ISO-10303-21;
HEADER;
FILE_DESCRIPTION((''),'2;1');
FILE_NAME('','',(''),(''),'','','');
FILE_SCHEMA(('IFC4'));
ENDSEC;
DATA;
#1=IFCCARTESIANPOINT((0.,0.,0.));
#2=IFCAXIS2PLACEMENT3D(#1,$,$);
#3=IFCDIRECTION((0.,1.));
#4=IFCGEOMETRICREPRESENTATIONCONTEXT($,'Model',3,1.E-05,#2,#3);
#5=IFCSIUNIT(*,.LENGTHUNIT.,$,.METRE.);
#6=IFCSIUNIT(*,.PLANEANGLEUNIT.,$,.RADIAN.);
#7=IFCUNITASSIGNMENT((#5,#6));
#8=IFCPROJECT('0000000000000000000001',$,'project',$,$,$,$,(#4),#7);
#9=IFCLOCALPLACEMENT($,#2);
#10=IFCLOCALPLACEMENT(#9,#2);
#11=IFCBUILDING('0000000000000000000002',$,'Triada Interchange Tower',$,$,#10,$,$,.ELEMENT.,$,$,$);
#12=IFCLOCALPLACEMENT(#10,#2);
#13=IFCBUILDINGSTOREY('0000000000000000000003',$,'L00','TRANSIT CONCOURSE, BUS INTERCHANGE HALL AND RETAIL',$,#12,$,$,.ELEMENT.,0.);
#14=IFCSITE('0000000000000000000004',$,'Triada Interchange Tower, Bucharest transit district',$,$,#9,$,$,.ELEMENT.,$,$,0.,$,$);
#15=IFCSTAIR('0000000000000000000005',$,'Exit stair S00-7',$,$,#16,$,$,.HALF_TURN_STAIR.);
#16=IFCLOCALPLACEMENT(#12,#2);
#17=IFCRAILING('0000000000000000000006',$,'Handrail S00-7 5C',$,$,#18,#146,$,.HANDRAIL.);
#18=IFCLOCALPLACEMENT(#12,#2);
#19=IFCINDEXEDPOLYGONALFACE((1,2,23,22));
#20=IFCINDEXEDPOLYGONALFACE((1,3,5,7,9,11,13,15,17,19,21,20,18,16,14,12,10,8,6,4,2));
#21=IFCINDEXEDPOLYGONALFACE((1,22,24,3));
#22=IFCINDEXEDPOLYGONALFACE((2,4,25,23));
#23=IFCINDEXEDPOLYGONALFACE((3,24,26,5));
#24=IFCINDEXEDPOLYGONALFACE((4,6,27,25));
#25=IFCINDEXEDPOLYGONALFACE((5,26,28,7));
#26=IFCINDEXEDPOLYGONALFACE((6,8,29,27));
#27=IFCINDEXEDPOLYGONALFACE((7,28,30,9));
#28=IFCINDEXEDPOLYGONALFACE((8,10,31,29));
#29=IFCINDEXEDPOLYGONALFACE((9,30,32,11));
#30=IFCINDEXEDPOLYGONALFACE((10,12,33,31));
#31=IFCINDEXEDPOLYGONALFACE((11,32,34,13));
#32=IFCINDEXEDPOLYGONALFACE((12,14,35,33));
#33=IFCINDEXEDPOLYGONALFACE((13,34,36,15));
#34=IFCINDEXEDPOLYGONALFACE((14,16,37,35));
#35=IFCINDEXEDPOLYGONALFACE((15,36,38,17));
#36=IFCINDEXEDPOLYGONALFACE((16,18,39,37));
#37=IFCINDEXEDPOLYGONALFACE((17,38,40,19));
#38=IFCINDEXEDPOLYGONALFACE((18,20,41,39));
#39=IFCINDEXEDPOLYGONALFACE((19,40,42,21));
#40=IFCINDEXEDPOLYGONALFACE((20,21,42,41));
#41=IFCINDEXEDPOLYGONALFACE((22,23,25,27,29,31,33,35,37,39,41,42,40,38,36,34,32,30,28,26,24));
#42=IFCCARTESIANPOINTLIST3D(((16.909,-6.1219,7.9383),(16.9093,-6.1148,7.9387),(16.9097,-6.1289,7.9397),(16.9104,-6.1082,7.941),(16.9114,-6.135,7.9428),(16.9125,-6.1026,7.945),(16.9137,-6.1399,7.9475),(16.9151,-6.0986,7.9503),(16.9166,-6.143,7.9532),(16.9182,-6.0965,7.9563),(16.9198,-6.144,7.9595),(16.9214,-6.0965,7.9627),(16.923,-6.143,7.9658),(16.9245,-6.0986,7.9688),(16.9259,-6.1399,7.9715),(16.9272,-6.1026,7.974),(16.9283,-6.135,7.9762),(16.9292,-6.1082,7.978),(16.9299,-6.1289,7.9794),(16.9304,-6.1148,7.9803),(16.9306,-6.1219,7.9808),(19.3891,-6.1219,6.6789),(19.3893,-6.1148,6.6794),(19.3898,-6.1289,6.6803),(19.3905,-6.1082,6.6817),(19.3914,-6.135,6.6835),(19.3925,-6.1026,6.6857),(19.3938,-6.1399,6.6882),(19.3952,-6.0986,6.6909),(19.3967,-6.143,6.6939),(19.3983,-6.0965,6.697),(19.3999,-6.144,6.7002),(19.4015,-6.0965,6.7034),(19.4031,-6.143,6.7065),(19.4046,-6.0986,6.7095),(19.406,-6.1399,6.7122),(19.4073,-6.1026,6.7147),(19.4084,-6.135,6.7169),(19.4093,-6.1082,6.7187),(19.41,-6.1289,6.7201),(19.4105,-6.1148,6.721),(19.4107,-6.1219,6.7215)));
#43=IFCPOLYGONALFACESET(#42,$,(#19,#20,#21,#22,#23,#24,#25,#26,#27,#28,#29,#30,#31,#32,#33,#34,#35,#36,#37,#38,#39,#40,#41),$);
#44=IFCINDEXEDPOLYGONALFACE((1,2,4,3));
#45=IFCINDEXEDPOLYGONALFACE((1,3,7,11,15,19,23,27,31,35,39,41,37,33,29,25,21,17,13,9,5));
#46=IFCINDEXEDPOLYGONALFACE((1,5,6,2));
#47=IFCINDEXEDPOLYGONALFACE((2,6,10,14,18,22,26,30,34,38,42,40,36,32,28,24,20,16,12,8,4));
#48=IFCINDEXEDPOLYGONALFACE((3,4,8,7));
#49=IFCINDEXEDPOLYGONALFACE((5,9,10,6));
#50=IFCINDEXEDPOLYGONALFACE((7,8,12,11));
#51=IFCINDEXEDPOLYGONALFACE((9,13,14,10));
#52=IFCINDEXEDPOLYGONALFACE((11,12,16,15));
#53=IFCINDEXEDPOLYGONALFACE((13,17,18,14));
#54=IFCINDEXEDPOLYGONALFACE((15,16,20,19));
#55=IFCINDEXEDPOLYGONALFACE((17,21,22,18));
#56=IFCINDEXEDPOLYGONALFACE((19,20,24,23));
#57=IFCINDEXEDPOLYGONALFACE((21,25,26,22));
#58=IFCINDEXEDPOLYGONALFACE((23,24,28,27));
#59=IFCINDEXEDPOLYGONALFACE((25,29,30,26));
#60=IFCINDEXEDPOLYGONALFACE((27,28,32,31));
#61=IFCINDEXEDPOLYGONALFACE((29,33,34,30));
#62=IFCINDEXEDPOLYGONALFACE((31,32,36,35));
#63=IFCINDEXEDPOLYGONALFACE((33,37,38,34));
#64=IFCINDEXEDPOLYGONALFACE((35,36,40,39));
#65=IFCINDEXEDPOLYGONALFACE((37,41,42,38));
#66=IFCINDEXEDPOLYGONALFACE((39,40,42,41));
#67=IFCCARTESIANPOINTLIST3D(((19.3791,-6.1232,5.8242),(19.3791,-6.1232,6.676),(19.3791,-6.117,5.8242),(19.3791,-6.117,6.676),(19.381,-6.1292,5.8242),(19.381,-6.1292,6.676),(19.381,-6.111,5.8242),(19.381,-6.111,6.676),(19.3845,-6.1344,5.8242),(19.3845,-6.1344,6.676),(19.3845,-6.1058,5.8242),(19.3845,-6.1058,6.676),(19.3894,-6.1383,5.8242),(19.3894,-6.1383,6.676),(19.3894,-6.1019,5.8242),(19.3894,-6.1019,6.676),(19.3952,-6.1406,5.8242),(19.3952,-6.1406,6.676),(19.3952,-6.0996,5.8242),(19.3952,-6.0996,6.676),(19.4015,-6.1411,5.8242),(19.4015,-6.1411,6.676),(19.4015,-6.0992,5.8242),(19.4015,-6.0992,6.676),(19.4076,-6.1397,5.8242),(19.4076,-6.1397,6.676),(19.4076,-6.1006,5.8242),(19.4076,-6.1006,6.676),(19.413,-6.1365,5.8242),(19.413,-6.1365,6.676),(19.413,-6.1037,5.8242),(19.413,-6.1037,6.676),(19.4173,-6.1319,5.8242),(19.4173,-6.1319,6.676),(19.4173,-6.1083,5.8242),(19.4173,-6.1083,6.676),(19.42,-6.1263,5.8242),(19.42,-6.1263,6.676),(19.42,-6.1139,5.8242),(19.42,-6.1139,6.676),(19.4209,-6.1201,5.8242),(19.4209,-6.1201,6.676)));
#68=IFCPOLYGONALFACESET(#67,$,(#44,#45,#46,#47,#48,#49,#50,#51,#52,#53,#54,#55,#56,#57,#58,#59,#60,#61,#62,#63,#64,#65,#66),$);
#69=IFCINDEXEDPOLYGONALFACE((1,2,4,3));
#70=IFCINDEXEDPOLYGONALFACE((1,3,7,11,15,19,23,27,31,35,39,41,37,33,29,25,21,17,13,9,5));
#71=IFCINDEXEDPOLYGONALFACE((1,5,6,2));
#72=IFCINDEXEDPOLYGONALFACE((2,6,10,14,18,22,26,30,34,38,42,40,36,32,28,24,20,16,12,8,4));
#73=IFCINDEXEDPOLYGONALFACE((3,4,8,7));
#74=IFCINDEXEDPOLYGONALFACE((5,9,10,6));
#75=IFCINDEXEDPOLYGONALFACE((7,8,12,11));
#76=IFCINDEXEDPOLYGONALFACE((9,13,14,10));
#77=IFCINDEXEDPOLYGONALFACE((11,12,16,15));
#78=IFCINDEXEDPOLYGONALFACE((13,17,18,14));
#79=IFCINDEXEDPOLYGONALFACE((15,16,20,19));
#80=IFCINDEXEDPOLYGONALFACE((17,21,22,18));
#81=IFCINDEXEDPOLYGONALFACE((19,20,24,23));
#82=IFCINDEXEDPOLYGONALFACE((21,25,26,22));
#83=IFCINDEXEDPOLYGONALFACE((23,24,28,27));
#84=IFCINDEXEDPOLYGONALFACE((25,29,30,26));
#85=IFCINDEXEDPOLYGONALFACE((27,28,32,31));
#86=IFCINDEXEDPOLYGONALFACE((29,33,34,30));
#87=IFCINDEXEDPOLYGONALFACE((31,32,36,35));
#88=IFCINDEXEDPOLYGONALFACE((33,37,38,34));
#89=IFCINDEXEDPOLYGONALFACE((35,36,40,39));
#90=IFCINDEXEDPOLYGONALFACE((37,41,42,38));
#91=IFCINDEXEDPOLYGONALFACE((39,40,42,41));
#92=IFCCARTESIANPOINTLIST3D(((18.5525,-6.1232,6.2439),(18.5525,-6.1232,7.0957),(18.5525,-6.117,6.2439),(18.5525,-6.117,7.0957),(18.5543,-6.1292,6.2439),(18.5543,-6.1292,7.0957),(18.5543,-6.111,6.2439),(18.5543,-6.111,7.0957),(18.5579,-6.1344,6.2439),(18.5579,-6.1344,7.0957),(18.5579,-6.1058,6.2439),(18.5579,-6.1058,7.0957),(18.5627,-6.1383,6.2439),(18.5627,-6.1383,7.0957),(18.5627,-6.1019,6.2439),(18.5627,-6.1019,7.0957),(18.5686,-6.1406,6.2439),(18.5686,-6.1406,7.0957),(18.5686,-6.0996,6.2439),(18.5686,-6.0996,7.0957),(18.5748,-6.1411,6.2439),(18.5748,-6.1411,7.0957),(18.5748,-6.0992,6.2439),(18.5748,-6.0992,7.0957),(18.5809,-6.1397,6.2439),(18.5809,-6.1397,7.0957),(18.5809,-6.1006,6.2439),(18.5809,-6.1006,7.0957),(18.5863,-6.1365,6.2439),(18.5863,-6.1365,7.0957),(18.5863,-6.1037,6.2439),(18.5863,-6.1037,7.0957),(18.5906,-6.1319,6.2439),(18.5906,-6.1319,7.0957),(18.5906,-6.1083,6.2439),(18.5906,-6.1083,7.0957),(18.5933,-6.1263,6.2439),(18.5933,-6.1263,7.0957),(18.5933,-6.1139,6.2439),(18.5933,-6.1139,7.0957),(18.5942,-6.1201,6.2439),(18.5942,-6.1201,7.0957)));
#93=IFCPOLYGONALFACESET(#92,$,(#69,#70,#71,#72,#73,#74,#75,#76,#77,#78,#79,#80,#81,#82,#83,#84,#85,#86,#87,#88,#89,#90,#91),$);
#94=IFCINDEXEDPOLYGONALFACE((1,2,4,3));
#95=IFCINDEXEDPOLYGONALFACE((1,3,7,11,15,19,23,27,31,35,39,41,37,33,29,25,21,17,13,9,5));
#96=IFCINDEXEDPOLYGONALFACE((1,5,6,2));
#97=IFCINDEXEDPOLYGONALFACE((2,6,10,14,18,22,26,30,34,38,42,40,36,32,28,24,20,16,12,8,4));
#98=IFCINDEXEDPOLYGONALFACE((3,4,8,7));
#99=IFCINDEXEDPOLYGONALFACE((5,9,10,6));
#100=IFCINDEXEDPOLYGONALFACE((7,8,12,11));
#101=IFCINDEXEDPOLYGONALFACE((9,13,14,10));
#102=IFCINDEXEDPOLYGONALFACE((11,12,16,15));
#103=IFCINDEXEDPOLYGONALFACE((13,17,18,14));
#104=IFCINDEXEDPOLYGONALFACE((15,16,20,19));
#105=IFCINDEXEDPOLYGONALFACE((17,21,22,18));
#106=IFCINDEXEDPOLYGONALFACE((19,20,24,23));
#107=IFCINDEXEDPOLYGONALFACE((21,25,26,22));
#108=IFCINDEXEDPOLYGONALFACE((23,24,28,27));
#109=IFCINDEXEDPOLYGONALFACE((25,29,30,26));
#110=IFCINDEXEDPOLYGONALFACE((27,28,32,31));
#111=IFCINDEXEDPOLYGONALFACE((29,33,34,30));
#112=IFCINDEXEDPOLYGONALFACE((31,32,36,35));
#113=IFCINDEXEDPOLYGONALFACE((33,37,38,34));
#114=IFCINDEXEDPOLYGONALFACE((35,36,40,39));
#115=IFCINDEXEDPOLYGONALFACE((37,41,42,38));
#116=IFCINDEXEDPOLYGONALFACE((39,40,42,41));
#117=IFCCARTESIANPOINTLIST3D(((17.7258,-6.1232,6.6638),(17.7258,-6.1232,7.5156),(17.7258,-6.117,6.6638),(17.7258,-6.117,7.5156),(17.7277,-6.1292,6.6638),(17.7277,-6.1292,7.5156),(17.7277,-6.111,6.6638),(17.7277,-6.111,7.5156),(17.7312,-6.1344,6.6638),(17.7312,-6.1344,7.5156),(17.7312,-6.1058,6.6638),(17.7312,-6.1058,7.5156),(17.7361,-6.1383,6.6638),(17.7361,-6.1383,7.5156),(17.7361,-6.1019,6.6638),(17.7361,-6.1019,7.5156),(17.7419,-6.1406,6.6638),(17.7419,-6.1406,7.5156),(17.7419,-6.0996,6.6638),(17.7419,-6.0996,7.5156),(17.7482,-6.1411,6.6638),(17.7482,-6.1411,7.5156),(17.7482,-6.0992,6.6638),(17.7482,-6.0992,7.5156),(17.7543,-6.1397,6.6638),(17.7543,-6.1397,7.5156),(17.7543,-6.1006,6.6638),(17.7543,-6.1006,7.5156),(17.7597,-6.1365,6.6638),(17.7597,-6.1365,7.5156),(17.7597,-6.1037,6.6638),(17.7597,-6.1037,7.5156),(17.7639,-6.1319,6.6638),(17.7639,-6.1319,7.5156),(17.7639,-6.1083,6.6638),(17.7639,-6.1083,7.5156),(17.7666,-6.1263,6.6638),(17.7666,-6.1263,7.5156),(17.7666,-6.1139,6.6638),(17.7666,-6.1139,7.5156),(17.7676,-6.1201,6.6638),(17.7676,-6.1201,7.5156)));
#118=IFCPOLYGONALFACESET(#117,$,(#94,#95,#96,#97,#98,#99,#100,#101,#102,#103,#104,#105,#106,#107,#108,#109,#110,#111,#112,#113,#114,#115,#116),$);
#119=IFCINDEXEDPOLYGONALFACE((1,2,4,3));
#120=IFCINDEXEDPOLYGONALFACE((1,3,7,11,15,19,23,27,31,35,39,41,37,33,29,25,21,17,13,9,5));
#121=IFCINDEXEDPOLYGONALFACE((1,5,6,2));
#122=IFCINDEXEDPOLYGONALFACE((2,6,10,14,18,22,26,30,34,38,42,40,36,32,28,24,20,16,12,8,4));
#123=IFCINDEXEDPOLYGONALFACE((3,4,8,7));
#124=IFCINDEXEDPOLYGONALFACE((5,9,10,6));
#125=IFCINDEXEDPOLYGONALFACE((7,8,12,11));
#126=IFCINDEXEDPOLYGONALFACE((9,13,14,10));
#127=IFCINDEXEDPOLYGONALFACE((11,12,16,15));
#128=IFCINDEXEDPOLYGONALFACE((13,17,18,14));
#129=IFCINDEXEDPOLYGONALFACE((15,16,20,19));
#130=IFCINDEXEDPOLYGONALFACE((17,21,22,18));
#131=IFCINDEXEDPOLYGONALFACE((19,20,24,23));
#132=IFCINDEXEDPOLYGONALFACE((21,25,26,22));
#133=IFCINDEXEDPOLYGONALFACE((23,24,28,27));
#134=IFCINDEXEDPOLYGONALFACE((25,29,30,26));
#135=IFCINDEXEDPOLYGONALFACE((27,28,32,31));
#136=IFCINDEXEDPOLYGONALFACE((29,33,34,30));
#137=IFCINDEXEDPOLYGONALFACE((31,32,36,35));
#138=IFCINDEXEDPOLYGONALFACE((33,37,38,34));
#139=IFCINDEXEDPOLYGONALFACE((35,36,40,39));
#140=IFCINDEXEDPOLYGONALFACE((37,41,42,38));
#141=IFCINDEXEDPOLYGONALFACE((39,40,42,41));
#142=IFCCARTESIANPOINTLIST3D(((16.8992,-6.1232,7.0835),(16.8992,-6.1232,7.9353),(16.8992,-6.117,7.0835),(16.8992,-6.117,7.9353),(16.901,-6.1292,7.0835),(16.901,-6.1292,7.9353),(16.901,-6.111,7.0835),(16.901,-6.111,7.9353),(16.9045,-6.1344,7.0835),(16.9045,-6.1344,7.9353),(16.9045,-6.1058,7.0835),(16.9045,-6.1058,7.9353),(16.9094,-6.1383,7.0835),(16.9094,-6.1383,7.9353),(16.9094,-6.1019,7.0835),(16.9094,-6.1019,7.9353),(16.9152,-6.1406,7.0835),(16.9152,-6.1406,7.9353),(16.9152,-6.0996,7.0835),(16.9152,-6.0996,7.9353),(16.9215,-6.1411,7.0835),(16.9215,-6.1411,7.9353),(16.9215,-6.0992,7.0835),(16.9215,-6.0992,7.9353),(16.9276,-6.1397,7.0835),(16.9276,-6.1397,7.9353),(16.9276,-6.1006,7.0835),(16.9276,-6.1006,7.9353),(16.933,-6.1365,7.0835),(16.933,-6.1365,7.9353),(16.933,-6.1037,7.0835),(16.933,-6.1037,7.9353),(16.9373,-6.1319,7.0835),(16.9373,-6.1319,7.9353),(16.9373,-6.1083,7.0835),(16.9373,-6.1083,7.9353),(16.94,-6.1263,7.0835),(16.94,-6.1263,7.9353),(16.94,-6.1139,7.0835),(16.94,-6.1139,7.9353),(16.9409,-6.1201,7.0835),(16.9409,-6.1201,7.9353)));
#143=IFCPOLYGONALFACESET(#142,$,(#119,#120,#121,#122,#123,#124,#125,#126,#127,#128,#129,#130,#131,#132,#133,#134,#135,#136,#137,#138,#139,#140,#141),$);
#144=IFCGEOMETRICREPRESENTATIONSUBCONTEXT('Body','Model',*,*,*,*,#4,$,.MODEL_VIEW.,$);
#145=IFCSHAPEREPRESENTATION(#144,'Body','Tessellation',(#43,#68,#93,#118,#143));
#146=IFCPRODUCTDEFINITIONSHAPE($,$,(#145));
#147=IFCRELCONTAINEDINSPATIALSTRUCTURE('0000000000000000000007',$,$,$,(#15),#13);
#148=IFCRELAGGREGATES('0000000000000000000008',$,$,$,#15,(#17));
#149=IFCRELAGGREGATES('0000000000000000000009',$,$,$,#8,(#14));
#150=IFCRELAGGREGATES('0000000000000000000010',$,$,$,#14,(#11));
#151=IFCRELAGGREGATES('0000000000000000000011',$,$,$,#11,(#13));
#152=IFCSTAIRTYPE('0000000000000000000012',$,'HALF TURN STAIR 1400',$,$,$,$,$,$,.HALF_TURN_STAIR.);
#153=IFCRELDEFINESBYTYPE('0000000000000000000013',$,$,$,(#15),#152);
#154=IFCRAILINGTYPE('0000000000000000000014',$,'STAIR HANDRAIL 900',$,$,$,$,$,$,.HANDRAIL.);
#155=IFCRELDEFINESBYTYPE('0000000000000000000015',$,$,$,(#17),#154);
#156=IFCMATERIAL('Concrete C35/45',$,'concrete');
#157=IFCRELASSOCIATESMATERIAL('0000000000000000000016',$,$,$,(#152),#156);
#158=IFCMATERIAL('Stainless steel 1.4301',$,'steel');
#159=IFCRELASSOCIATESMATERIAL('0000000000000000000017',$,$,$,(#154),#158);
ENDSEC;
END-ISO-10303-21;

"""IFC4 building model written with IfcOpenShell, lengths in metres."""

from ifc_helpers import new_model, si_unit, direction, frame, origin, origin_2d, place, context, subcontext, project, spatial, circle, extrude, material, type_object, element, aggregate, save


model = new_model("IFC4")

# Units and contexts
model_context = context("Model", 3, precision=1e-05, world=origin(), true_north=direction((0.0, 1.0)))
body_context = subcontext(model_context, "Body", "Model", "MODEL_VIEW")
ifc_project = project(units=[si_unit("LENGTHUNIT", "METRE"), si_unit("PLANEANGLEUNIT", "RADIAN")], contexts=[model_context])

# Site, building, storey
site_placement = place(None, origin())
site = spatial("IfcSite", under=ifc_project, at=site_placement, Name="Triada Interchange Tower, Bucharest transit district", CompositionType="ELEMENT", RefElevation=0.0)
building_placement = place(site_placement, origin())
building = spatial("IfcBuilding", under=site, at=building_placement, Name="Triada Interchange Tower", CompositionType="ELEMENT")
storey_placement = place(building_placement, origin())
storey = spatial("IfcBuildingStorey", under=building, at=storey_placement, Name="L00", Description="TRANSIT CONCOURSE, BUS INTERCHANGE HALL AND RETAIL", CompositionType="ELEMENT", Elevation=0.0)

# Shared definitions
ifc_material_1 = material(Name="Concrete C35/45", Category="concrete")

# Stair, railing
stair_type = type_object("IfcStairType", Name="HALF TURN STAIR 1400", PredefinedType="HALF_TURN_STAIR", material=ifc_material_1)
stair_placement = place(storey_placement, origin())
stair = element("IfcStair", 1, at=stair_placement, inside=storey, type_object=stair_type, Name="Exit stair S00-7", PredefinedType="HALF_TURN_STAIR")
ifc_material_2 = material(Name="Stainless steel 1.4301", Category="steel")
railing_type_1 = type_object("IfcRailingType", Name="STAIR HANDRAIL 900", PredefinedType="HANDRAIL", material=ifc_material_2)
railing_1_placement = place(storey_placement, frame((19.3999, -6.1201, 5.8242)))
railing_1 = element("IfcRailing", 2, at=railing_1_placement, type_object=railing_type_1, Name="Handrail S00-7 5C", PredefinedType="HANDRAIL", context=body_context, shape_type="SweptSolid", body=[
    extrude(circle(Radius=0.0239, at=origin_2d()), frame((0.0, 0.0, 0.876), z_axis=(-0.891636, 0.0, 0.452752), x_axis=(0.0, -1.0, 0.0)), (0.0, 0.0, 1.0), 2.7815),
    extrude(circle(Radius=0.021, at=origin_2d()), origin(), (0.0, 0.0, 1.0), 0.8518),
    extrude(circle(Radius=0.021, at=origin_2d()), frame((-0.8267, 0.0, 0.4197)), (0.0, 0.0, 1.0), 0.8518),
    extrude(circle(Radius=0.021, at=origin_2d()), frame((-1.6533, 0.0, 0.8396)), (0.0, 0.0, 1.0), 0.8518),
    extrude(circle(Radius=0.021, at=origin_2d()), frame((-2.48, 0.0, 1.2593)), (0.0, 0.0, 1.0), 0.8518),
])
aggregate(stair, [railing_1])

save(model, "model.ifc")
